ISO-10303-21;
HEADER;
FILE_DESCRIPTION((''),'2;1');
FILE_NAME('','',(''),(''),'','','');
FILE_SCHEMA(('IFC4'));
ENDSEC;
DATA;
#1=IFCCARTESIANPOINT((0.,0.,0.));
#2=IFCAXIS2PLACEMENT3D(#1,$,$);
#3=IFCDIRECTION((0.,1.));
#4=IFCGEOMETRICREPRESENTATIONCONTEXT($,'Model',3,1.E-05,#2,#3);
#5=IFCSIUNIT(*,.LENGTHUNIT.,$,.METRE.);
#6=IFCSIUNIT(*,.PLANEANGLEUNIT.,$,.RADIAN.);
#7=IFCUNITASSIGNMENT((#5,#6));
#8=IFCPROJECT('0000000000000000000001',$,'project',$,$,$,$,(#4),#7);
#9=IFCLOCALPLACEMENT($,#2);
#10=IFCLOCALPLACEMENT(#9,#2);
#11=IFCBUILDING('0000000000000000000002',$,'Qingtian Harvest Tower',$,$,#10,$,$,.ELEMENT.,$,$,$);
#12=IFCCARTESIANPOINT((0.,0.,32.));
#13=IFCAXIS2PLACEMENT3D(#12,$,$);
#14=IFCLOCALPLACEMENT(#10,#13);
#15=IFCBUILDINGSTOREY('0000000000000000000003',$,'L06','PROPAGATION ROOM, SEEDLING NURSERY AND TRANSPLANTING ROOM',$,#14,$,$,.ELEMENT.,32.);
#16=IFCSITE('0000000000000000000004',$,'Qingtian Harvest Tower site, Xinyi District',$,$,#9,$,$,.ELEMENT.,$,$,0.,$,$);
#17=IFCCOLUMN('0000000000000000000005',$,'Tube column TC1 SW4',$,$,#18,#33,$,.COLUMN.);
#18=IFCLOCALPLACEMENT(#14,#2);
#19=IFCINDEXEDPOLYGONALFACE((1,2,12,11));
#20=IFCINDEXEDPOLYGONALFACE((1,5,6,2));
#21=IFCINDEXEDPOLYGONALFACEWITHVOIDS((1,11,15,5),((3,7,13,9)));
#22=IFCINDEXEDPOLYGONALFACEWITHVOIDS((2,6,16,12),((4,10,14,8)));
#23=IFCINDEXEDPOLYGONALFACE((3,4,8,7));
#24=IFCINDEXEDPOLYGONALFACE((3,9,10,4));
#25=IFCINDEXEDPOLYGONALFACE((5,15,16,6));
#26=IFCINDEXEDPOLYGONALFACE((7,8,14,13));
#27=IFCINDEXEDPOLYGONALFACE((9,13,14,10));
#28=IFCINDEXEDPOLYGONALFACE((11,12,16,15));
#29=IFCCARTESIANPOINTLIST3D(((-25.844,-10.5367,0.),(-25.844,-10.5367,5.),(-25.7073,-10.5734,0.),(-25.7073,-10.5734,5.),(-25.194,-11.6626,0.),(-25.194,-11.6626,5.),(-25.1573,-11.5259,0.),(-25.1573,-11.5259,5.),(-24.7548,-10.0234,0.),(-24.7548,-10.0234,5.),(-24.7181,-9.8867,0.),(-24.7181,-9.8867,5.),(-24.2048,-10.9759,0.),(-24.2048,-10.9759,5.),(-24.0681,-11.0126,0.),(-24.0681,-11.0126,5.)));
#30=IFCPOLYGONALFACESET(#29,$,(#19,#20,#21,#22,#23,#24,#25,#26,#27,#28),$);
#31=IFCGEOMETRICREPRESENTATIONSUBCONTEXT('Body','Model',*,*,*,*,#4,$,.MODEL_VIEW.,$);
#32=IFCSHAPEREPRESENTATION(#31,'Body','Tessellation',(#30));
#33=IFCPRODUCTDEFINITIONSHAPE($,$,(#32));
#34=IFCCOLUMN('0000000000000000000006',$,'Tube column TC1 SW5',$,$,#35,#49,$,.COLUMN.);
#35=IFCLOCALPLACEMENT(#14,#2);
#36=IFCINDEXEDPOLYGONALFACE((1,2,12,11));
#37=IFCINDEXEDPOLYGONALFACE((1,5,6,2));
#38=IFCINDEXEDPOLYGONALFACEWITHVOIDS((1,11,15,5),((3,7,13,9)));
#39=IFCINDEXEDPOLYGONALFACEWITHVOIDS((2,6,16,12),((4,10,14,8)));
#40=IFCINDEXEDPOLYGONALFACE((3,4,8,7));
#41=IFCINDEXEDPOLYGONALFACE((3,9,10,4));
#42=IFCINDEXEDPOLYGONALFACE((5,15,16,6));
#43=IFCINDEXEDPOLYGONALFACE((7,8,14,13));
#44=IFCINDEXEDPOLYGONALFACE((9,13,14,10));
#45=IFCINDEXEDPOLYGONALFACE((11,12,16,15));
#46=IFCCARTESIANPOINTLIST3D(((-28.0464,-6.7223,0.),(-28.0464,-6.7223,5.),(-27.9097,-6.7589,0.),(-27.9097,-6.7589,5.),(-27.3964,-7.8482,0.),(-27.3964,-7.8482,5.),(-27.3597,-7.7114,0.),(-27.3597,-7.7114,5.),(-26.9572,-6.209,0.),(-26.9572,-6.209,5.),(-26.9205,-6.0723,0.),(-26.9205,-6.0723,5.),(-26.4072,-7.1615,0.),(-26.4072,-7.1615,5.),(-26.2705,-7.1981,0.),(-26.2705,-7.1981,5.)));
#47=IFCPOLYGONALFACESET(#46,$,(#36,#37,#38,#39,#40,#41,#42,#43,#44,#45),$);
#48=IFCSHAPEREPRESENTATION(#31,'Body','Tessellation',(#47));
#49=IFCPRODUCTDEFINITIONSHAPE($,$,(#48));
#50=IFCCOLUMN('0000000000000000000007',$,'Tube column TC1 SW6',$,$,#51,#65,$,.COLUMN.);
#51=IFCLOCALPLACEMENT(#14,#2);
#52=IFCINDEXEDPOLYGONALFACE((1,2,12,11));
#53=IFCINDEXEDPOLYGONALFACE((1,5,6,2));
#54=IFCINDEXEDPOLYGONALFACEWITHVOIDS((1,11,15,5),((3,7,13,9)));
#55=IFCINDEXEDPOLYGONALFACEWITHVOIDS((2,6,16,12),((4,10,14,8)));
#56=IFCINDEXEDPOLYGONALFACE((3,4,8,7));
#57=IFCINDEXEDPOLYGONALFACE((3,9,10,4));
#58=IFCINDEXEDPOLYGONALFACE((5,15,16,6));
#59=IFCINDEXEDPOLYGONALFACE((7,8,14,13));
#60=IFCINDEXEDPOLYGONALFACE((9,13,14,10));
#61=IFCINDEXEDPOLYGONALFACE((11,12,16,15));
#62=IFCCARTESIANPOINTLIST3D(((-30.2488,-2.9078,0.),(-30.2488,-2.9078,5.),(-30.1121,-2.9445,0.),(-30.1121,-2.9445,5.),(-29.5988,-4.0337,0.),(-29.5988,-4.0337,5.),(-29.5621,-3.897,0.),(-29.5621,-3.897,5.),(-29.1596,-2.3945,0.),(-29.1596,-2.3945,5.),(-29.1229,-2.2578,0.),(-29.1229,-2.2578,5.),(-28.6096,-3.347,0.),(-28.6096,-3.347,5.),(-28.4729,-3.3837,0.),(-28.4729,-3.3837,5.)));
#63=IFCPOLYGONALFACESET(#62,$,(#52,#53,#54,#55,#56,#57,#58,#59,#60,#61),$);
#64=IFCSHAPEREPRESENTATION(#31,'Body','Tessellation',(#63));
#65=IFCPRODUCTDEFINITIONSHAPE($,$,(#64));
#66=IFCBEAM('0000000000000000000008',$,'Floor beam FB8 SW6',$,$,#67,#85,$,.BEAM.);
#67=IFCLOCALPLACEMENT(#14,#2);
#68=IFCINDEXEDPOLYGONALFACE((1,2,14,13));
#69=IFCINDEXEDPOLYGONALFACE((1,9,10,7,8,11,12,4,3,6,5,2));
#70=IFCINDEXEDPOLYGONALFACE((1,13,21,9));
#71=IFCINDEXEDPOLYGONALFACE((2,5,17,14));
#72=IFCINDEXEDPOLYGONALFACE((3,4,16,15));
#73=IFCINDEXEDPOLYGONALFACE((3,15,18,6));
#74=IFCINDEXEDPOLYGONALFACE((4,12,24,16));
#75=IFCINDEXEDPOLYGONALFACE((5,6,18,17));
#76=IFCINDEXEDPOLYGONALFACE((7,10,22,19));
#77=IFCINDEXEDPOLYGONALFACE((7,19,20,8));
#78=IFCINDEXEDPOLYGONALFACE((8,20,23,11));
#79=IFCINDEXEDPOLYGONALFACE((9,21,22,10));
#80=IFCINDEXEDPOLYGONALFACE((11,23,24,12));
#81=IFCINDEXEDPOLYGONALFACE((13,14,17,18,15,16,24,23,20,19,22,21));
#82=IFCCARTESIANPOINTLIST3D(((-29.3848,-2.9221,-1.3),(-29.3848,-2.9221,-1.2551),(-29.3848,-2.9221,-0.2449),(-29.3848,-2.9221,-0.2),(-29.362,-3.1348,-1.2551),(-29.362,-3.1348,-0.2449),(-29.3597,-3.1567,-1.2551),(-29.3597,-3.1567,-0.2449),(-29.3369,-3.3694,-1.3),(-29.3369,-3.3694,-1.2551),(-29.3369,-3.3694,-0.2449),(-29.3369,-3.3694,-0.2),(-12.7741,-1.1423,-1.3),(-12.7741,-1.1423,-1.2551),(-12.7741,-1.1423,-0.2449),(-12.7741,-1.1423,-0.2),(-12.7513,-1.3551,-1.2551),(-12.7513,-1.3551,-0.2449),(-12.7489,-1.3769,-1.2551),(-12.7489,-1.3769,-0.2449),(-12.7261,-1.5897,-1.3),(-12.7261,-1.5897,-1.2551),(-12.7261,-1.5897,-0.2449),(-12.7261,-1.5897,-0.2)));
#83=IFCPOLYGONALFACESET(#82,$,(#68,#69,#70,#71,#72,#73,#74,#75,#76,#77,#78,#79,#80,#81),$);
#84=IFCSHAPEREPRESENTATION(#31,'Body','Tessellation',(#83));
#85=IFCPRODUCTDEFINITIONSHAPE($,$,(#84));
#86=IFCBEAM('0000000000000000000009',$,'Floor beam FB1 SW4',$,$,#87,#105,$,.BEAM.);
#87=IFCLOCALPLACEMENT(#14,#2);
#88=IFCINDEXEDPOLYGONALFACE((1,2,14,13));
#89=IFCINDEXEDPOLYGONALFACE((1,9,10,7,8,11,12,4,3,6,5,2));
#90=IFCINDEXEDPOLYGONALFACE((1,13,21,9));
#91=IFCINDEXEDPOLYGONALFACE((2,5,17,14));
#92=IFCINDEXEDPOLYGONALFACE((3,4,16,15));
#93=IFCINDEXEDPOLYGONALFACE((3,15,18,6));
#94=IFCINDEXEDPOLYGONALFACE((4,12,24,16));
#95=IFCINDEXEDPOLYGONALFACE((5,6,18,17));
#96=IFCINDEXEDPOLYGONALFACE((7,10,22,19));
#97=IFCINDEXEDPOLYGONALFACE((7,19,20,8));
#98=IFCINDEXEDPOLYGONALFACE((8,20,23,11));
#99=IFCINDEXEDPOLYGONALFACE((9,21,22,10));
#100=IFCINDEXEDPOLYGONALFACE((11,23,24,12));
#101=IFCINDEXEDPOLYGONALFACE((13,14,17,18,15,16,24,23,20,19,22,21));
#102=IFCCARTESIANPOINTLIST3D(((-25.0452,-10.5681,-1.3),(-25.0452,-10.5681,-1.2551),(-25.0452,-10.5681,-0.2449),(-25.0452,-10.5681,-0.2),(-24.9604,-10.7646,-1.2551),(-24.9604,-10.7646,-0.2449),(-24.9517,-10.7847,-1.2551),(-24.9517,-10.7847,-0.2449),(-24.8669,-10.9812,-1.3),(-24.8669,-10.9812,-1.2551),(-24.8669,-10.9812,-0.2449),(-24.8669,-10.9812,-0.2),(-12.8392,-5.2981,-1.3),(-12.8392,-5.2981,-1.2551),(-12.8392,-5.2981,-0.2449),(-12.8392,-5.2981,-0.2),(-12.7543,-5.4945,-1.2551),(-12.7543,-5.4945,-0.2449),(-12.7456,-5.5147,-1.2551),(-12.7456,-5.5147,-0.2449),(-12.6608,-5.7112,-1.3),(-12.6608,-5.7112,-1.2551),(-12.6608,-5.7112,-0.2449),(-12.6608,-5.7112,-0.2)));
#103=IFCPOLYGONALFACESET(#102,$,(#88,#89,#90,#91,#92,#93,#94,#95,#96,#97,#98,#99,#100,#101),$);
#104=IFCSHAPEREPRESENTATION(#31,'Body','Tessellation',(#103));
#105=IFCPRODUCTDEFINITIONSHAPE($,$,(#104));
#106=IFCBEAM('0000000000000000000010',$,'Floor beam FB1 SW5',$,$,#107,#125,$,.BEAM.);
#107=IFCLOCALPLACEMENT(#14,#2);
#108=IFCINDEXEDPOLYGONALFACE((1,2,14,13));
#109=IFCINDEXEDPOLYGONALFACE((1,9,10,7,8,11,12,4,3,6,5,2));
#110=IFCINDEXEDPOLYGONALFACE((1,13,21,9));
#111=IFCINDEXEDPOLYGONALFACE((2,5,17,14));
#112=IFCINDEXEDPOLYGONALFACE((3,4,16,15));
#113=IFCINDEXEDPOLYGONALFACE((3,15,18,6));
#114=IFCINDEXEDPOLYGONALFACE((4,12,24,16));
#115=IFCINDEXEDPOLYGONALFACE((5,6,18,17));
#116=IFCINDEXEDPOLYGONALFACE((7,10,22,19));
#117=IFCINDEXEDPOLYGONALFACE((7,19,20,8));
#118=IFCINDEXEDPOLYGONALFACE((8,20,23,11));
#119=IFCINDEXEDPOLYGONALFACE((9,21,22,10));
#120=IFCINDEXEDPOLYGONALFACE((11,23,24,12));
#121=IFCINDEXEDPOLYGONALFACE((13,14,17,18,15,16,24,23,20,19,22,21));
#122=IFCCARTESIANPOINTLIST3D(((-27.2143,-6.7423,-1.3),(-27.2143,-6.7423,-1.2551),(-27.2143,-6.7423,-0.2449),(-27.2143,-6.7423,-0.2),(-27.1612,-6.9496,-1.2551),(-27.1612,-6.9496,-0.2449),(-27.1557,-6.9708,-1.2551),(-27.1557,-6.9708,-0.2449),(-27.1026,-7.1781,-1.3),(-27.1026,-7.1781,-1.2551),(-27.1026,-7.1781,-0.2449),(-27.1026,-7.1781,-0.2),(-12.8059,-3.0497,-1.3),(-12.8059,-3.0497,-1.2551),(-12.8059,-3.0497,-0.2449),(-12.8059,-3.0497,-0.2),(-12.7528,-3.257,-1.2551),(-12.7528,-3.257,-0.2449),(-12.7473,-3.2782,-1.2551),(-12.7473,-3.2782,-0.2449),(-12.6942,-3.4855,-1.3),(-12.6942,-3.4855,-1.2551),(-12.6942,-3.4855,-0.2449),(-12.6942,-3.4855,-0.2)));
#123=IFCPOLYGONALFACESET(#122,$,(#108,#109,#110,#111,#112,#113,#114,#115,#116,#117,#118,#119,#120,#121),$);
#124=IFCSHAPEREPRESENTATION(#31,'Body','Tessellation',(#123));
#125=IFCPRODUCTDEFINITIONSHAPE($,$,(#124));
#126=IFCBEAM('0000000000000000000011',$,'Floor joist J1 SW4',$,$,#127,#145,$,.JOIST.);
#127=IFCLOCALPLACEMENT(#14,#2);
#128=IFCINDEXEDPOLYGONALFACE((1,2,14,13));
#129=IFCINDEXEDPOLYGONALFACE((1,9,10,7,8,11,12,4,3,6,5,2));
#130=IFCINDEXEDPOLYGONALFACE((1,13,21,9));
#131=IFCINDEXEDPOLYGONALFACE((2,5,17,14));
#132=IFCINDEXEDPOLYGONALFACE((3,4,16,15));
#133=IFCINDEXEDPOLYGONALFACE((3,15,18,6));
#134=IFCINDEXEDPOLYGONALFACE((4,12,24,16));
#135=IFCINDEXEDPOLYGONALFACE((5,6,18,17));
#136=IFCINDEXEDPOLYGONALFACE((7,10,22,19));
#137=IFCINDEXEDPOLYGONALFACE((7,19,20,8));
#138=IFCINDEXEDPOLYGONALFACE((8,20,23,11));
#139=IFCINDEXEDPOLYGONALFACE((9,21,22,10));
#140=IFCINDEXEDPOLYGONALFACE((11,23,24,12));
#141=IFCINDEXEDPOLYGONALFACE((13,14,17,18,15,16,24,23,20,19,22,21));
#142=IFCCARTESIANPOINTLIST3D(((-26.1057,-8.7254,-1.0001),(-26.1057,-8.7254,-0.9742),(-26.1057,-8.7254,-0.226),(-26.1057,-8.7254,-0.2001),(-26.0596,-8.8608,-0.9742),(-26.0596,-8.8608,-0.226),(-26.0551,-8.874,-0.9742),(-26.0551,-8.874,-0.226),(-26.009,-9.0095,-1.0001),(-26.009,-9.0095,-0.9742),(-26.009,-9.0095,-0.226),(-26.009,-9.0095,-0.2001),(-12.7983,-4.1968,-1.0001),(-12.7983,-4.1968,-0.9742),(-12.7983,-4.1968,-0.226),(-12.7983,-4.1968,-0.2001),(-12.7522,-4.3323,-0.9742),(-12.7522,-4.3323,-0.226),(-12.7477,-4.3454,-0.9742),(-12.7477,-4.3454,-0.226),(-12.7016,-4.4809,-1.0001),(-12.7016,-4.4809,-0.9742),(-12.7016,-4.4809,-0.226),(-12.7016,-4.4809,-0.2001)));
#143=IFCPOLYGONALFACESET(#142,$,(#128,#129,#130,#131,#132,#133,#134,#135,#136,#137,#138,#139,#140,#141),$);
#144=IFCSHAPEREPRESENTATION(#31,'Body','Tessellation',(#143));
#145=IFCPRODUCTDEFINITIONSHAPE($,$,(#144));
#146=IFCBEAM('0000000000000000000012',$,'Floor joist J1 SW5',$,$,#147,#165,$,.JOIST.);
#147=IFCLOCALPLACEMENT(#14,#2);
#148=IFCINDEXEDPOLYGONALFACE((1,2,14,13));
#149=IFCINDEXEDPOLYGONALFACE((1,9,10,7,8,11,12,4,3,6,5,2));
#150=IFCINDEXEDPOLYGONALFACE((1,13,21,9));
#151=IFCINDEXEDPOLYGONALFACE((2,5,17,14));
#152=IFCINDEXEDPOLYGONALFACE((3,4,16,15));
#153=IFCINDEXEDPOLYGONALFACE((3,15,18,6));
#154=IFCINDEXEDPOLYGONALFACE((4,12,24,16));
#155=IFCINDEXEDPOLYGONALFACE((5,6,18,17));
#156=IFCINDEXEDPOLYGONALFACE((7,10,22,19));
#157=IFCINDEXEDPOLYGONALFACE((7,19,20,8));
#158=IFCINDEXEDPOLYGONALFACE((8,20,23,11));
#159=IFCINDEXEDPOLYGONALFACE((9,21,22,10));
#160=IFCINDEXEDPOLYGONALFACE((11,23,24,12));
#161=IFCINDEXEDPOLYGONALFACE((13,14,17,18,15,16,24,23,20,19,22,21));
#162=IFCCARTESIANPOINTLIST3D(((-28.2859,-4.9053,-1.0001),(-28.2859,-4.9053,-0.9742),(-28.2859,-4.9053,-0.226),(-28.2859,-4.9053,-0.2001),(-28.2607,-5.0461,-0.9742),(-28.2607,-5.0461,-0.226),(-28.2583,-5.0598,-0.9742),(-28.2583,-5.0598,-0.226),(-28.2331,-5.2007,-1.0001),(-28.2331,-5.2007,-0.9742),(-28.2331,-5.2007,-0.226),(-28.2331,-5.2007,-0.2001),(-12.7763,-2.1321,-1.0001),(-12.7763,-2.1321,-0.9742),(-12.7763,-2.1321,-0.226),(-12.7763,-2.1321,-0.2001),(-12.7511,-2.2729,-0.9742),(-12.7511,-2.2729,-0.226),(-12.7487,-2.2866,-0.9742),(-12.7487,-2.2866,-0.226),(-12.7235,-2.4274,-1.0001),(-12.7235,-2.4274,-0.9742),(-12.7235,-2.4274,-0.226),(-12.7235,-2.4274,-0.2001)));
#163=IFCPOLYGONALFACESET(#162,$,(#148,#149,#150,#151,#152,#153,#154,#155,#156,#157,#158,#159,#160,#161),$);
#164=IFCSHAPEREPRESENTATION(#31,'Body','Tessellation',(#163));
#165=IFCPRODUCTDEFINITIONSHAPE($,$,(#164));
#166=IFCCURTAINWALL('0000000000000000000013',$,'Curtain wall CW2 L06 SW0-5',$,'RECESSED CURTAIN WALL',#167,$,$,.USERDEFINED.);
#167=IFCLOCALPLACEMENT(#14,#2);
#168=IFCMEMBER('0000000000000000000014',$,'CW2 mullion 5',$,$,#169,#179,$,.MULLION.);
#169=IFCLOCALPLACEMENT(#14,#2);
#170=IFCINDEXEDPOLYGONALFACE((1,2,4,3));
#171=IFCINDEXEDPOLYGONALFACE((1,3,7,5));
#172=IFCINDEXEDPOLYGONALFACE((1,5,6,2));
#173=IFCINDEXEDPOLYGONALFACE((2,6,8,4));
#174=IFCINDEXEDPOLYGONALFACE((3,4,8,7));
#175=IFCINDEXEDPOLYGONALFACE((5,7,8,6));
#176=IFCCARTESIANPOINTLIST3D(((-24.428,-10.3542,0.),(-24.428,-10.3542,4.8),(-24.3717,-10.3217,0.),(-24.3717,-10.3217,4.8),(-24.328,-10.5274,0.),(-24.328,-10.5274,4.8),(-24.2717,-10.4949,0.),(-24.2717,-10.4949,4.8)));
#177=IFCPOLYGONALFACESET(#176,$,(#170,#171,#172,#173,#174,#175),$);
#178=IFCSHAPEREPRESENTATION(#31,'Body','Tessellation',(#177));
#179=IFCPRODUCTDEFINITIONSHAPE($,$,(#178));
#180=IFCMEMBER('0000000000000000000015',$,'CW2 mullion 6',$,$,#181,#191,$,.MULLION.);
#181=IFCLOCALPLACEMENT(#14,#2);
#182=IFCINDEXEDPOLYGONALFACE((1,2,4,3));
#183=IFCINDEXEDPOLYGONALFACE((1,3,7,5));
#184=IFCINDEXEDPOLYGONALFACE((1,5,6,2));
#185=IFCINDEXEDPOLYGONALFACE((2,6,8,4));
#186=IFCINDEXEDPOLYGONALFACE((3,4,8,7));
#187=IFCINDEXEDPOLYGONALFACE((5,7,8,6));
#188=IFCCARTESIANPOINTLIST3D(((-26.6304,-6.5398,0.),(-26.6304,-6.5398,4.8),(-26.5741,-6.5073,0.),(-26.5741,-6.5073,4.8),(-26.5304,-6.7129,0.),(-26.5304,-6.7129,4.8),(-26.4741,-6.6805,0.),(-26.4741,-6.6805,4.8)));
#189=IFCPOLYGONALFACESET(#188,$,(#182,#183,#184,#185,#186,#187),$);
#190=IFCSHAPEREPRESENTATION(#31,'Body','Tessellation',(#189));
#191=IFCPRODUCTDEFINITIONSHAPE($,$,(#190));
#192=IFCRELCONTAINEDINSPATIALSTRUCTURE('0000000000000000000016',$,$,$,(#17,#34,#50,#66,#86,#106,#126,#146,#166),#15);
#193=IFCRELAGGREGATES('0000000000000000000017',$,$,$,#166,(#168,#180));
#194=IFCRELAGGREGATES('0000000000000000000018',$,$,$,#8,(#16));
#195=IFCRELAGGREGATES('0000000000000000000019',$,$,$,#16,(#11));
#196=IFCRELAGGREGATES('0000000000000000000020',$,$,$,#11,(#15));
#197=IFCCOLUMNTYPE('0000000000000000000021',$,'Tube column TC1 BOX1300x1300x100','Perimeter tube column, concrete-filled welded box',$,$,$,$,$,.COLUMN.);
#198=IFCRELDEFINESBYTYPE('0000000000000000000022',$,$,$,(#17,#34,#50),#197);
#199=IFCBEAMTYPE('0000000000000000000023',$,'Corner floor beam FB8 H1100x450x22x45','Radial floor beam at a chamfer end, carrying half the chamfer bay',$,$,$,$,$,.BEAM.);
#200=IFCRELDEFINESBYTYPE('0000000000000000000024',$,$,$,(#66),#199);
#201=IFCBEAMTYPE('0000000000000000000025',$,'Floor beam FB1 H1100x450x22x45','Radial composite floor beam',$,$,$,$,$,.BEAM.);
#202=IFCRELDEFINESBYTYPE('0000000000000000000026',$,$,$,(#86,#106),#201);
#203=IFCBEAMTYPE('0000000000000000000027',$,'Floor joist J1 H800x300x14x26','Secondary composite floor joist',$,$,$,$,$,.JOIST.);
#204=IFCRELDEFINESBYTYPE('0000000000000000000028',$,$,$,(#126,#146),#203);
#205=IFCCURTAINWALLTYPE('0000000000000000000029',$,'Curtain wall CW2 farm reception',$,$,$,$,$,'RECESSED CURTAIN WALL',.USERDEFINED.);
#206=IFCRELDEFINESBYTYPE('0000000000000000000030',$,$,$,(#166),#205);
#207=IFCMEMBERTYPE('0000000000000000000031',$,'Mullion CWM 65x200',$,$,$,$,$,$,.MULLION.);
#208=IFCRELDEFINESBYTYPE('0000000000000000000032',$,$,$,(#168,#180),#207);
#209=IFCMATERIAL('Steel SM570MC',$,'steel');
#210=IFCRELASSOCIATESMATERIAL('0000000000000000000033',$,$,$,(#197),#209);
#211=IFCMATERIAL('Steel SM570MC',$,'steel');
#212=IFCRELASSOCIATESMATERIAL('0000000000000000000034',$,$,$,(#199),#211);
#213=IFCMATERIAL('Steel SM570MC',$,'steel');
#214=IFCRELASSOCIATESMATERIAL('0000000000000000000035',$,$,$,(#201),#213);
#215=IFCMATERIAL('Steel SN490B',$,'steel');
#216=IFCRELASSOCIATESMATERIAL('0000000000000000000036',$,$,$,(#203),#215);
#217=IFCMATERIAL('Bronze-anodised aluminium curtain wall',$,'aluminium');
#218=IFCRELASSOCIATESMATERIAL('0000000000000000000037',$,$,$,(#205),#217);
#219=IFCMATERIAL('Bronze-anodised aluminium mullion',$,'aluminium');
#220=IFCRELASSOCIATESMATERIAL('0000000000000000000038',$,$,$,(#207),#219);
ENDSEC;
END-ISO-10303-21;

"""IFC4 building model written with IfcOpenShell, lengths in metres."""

from ifc_helpers import new_model, si_unit, direction, frame, origin, origin_2d, place, context, subcontext, project, spatial, rectangle, hollow_rectangle, i_section, extrude, material, material_profile, profile_set, type_object, element, aggregate, save


model = new_model("IFC4")

# Units and contexts
model_context = context("Model", 3, precision=1e-05, world=origin(), true_north=direction((0.0, 1.0)))
body_context = subcontext(model_context, "Body", "Model", "MODEL_VIEW")
ifc_project = project(units=[si_unit("LENGTHUNIT", "METRE"), si_unit("PLANEANGLEUNIT", "RADIAN")], contexts=[model_context])

# Site, building, storey
site_placement = place(None, origin())
site = spatial("IfcSite", under=ifc_project, at=site_placement, Name="Qingtian Harvest Tower site, Xinyi District", CompositionType="ELEMENT", RefElevation=0.0)
building_placement = place(site_placement, origin())
building = spatial("IfcBuilding", under=site, at=building_placement, Name="Qingtian Harvest Tower", CompositionType="ELEMENT")
storey_placement = place(building_placement, frame((0.0, 0.0, 32.0)))
storey = spatial("IfcBuildingStorey", under=building, at=storey_placement, Name="L06", Description="PROPAGATION ROOM, SEEDLING NURSERY AND TRANSPLANTING ROOM", CompositionType="ELEMENT", Elevation=32.0)

# Columns
ifc_material_1 = material(Name="Steel SM570MC", Category="steel")
ifc_material_profile_1 = material_profile(ifc_material_1, hollow_rectangle(XDim=1.3, YDim=1.3, WallThickness=0.1001, at=origin_2d()), Name="BOX1300x1300x100")
ifc_profile_set_1 = profile_set([ifc_material_profile_1], Name="Steel SM570MC")
column_type = type_object("IfcColumnType", Name="Tube column TC1 BOX1300x1300x100", Description="Perimeter tube column, concrete-filled welded box", PredefinedType="COLUMN", material=ifc_profile_set_1)
for number, where, z_axis, x_axis, name in (
    (1, (-24.9561, -10.7747, 0.0), (0.0, 0.0, 1.0), (0.5, -0.866025, 0.0), "Tube column TC1 SW4"),
    (2, (-27.1584, -6.9602, 0.0), (0.0, 0.0, 1.0), (0.5, -0.866025, 0.0), "Tube column TC1 SW5"),
    (3, (-29.3608, -3.1458, 0.0), (0.0, 0.0, 1.0), (0.5, -0.866025, 0.0), "Tube column TC1 SW6"),
):
    element("IfcColumn", number, at=place(storey_placement, frame(where, z_axis=z_axis, x_axis=x_axis)), inside=storey, type_object=column_type, Name=name, PredefinedType="COLUMN", context=body_context, shape_type="SweptSolid", body=[
        extrude(hollow_rectangle(XDim=1.3, YDim=1.3, WallThickness=0.1001, at=origin_2d()), origin(), (0.0, 0.0, 1.0), 5.0),
    ])

# Beams
ifc_material_2 = material(Name="Steel SM570MC", Category="steel")
ifc_material_profile_2 = material_profile(ifc_material_2, i_section(OverallWidth=0.45, OverallDepth=1.1001, WebThickness=0.022, FlangeThickness=0.0449, at=origin_2d()), Name="H1100x450x22x45")
ifc_profile_set_2 = profile_set([ifc_material_profile_2], Name="Steel SM570MC")
beam_type_1 = type_object("IfcBeamType", Name="Corner floor beam FB8 H1100x450x22x45", Description="Radial floor beam at a chamfer end, carrying half the chamfer bay", PredefinedType="BEAM", material=ifc_profile_set_2)
beam_1_placement = place(storey_placement, frame((-29.3608, -3.1458, -0.75), z_axis=(0.994309, 0.106536, 0.0), x_axis=(-0.106536, 0.994309, 0.0)))
element("IfcBeam", 4, at=beam_1_placement, inside=storey, type_object=beam_type_1, Name="Floor beam FB8 SW6", PredefinedType="BEAM", context=body_context, shape_type="SweptSolid", body=[
    extrude(i_section(OverallWidth=0.45, OverallDepth=1.1001, WebThickness=0.022, FlangeThickness=0.0449, at=origin_2d()), origin(), (0.0, 0.0, 1.0), 16.7058),
])
ifc_material_3 = material(Name="Steel SM570MC", Category="steel")
ifc_material_profile_3 = material_profile(ifc_material_3, i_section(OverallWidth=0.45, OverallDepth=1.1001, WebThickness=0.022, FlangeThickness=0.0449, at=origin_2d()), Name="H1100x450x22x45")
ifc_profile_set_3 = profile_set([ifc_material_profile_3], Name="Steel SM570MC")
beam_type_2 = type_object("IfcBeamType", Name="Floor beam FB1 H1100x450x22x45", Description="Radial composite floor beam", PredefinedType="BEAM", material=ifc_profile_set_3)
beam_2_placement = place(storey_placement, frame((-24.9561, -10.7747, -0.75), z_axis=(0.918084, 0.396387, 0.0), x_axis=(-0.396387, 0.918084, 0.0)))
element("IfcBeam", 5, at=beam_2_placement, inside=storey, type_object=beam_type_2, Name="Floor beam FB1 SW4", PredefinedType="BEAM", context=body_context, shape_type="SweptSolid", body=[
    extrude(i_section(OverallWidth=0.45, OverallDepth=1.1001, WebThickness=0.022, FlangeThickness=0.0449, at=origin_2d()), origin(), (0.0, 0.0, 1.0), 13.2952),
])
beam_3_placement = place(storey_placement, frame((-27.1584, -6.9602, -0.75), z_axis=(0.968694, 0.248259, 0.0), x_axis=(-0.248259, 0.968694, 0.0)))
element("IfcBeam", 6, at=beam_3_placement, inside=storey, type_object=beam_type_2, Name="Floor beam FB1 SW5", PredefinedType="BEAM", context=body_context, shape_type="SweptSolid", body=[
    extrude(i_section(OverallWidth=0.45, OverallDepth=1.1001, WebThickness=0.022, FlangeThickness=0.0449, at=origin_2d()), origin(), (0.0, 0.0, 1.0), 14.874),
])
ifc_material_4 = material(Name="Steel SN490B", Category="steel")
ifc_material_profile_4 = material_profile(ifc_material_4, i_section(OverallWidth=0.3, OverallDepth=0.8, WebThickness=0.0139, FlangeThickness=0.0259, at=origin_2d()), Name="H800x300x14x26")
ifc_profile_set_4 = profile_set([ifc_material_profile_4], Name="Steel SN490B")
beam_type_3 = type_object("IfcBeamType", Name="Floor joist J1 H800x300x14x26", Description="Secondary composite floor joist", PredefinedType="JOIST", material=ifc_profile_set_4)
beam_4_placement = place(storey_placement, frame((-26.0574, -8.8674, -0.6001), z_axis=(0.946685, 0.322161, 0.0), x_axis=(-0.322161, 0.946685, 0.0)))
element("IfcBeam", 7, at=beam_4_placement, inside=storey, type_object=beam_type_3, Name="Floor joist J1 SW4", PredefinedType="JOIST", context=body_context, shape_type="SweptSolid", body=[
    extrude(i_section(OverallWidth=0.3, OverallDepth=0.8, WebThickness=0.0139, FlangeThickness=0.0259, at=origin_2d()), origin(), (0.0, 0.0, 1.0), 14.0569),
])
beam_5_placement = place(storey_placement, frame((-28.2595, -5.053, -0.6001), z_axis=(0.984388, 0.176014, 0.0), x_axis=(-0.176014, 0.984388, 0.0)))
element("IfcBeam", 8, at=beam_5_placement, inside=storey, type_object=beam_type_3, Name="Floor joist J1 SW5", PredefinedType="JOIST", context=body_context, shape_type="SweptSolid", body=[
    extrude(i_section(OverallWidth=0.3, OverallDepth=0.8, WebThickness=0.0139, FlangeThickness=0.0259, at=origin_2d()), origin(), (0.0, 0.0, 1.0), 15.7556),
])

# Curtain wall, members
ifc_material_5 = material(Name="Bronze-anodised aluminium curtain wall", Category="aluminium")
curtain_wall_type = type_object("IfcCurtainWallType", Name="Curtain wall CW2 farm reception", ElementType="RECESSED CURTAIN WALL", PredefinedType="USERDEFINED", material=ifc_material_5)
curtain_wall_1_placement = place(storey_placement, origin())
curtain_wall_1 = element("IfcCurtainWall", 9, at=curtain_wall_1_placement, inside=storey, type_object=curtain_wall_type, Name="Curtain wall CW2 L06 SW0-5", ObjectType="RECESSED CURTAIN WALL", PredefinedType="USERDEFINED")
ifc_material_6 = material(Name="Bronze-anodised aluminium mullion", Category="aluminium")
ifc_material_profile_5 = material_profile(ifc_material_6, rectangle(XDim=0.0649, YDim=0.2, at=origin_2d()), Name="AL 65x200")
ifc_profile_set_5 = profile_set([ifc_material_profile_5], Name="Bronze-anodised aluminium mullion")
member_type_1 = type_object("IfcMemberType", Name="Mullion CWM 65x200", PredefinedType="MULLION", material=ifc_profile_set_5)
member_1_placement = place(storey_placement, frame((-24.3499, -10.4246, 0.0), z_axis=(0.0, 0.0, 1.0), x_axis=(-0.866025, -0.5, 0.0)))
member_1 = element("IfcMember", 10, at=member_1_placement, type_object=member_type_1, Name="CW2 mullion 5", PredefinedType="MULLION", context=body_context, shape_type="SweptSolid", body=[
    extrude(rectangle(XDim=0.0649, YDim=0.2, at=origin_2d()), origin(), (0.0, 0.0, 1.0), 4.8),
])
member_2_placement = place(storey_placement, frame((-26.5522, -6.6101, 0.0), z_axis=(0.0, 0.0, 1.0), x_axis=(-0.866025, -0.5, 0.0)))
member_2 = element("IfcMember", 11, at=member_2_placement, type_object=member_type_1, Name="CW2 mullion 6", PredefinedType="MULLION", context=body_context, shape_type="SweptSolid", body=[
    extrude(rectangle(XDim=0.0649, YDim=0.2, at=origin_2d()), origin(), (0.0, 0.0, 1.0), 4.8),
])

aggregate(curtain_wall_1, [member_1, member_2])

save(model, "model.ifc")
